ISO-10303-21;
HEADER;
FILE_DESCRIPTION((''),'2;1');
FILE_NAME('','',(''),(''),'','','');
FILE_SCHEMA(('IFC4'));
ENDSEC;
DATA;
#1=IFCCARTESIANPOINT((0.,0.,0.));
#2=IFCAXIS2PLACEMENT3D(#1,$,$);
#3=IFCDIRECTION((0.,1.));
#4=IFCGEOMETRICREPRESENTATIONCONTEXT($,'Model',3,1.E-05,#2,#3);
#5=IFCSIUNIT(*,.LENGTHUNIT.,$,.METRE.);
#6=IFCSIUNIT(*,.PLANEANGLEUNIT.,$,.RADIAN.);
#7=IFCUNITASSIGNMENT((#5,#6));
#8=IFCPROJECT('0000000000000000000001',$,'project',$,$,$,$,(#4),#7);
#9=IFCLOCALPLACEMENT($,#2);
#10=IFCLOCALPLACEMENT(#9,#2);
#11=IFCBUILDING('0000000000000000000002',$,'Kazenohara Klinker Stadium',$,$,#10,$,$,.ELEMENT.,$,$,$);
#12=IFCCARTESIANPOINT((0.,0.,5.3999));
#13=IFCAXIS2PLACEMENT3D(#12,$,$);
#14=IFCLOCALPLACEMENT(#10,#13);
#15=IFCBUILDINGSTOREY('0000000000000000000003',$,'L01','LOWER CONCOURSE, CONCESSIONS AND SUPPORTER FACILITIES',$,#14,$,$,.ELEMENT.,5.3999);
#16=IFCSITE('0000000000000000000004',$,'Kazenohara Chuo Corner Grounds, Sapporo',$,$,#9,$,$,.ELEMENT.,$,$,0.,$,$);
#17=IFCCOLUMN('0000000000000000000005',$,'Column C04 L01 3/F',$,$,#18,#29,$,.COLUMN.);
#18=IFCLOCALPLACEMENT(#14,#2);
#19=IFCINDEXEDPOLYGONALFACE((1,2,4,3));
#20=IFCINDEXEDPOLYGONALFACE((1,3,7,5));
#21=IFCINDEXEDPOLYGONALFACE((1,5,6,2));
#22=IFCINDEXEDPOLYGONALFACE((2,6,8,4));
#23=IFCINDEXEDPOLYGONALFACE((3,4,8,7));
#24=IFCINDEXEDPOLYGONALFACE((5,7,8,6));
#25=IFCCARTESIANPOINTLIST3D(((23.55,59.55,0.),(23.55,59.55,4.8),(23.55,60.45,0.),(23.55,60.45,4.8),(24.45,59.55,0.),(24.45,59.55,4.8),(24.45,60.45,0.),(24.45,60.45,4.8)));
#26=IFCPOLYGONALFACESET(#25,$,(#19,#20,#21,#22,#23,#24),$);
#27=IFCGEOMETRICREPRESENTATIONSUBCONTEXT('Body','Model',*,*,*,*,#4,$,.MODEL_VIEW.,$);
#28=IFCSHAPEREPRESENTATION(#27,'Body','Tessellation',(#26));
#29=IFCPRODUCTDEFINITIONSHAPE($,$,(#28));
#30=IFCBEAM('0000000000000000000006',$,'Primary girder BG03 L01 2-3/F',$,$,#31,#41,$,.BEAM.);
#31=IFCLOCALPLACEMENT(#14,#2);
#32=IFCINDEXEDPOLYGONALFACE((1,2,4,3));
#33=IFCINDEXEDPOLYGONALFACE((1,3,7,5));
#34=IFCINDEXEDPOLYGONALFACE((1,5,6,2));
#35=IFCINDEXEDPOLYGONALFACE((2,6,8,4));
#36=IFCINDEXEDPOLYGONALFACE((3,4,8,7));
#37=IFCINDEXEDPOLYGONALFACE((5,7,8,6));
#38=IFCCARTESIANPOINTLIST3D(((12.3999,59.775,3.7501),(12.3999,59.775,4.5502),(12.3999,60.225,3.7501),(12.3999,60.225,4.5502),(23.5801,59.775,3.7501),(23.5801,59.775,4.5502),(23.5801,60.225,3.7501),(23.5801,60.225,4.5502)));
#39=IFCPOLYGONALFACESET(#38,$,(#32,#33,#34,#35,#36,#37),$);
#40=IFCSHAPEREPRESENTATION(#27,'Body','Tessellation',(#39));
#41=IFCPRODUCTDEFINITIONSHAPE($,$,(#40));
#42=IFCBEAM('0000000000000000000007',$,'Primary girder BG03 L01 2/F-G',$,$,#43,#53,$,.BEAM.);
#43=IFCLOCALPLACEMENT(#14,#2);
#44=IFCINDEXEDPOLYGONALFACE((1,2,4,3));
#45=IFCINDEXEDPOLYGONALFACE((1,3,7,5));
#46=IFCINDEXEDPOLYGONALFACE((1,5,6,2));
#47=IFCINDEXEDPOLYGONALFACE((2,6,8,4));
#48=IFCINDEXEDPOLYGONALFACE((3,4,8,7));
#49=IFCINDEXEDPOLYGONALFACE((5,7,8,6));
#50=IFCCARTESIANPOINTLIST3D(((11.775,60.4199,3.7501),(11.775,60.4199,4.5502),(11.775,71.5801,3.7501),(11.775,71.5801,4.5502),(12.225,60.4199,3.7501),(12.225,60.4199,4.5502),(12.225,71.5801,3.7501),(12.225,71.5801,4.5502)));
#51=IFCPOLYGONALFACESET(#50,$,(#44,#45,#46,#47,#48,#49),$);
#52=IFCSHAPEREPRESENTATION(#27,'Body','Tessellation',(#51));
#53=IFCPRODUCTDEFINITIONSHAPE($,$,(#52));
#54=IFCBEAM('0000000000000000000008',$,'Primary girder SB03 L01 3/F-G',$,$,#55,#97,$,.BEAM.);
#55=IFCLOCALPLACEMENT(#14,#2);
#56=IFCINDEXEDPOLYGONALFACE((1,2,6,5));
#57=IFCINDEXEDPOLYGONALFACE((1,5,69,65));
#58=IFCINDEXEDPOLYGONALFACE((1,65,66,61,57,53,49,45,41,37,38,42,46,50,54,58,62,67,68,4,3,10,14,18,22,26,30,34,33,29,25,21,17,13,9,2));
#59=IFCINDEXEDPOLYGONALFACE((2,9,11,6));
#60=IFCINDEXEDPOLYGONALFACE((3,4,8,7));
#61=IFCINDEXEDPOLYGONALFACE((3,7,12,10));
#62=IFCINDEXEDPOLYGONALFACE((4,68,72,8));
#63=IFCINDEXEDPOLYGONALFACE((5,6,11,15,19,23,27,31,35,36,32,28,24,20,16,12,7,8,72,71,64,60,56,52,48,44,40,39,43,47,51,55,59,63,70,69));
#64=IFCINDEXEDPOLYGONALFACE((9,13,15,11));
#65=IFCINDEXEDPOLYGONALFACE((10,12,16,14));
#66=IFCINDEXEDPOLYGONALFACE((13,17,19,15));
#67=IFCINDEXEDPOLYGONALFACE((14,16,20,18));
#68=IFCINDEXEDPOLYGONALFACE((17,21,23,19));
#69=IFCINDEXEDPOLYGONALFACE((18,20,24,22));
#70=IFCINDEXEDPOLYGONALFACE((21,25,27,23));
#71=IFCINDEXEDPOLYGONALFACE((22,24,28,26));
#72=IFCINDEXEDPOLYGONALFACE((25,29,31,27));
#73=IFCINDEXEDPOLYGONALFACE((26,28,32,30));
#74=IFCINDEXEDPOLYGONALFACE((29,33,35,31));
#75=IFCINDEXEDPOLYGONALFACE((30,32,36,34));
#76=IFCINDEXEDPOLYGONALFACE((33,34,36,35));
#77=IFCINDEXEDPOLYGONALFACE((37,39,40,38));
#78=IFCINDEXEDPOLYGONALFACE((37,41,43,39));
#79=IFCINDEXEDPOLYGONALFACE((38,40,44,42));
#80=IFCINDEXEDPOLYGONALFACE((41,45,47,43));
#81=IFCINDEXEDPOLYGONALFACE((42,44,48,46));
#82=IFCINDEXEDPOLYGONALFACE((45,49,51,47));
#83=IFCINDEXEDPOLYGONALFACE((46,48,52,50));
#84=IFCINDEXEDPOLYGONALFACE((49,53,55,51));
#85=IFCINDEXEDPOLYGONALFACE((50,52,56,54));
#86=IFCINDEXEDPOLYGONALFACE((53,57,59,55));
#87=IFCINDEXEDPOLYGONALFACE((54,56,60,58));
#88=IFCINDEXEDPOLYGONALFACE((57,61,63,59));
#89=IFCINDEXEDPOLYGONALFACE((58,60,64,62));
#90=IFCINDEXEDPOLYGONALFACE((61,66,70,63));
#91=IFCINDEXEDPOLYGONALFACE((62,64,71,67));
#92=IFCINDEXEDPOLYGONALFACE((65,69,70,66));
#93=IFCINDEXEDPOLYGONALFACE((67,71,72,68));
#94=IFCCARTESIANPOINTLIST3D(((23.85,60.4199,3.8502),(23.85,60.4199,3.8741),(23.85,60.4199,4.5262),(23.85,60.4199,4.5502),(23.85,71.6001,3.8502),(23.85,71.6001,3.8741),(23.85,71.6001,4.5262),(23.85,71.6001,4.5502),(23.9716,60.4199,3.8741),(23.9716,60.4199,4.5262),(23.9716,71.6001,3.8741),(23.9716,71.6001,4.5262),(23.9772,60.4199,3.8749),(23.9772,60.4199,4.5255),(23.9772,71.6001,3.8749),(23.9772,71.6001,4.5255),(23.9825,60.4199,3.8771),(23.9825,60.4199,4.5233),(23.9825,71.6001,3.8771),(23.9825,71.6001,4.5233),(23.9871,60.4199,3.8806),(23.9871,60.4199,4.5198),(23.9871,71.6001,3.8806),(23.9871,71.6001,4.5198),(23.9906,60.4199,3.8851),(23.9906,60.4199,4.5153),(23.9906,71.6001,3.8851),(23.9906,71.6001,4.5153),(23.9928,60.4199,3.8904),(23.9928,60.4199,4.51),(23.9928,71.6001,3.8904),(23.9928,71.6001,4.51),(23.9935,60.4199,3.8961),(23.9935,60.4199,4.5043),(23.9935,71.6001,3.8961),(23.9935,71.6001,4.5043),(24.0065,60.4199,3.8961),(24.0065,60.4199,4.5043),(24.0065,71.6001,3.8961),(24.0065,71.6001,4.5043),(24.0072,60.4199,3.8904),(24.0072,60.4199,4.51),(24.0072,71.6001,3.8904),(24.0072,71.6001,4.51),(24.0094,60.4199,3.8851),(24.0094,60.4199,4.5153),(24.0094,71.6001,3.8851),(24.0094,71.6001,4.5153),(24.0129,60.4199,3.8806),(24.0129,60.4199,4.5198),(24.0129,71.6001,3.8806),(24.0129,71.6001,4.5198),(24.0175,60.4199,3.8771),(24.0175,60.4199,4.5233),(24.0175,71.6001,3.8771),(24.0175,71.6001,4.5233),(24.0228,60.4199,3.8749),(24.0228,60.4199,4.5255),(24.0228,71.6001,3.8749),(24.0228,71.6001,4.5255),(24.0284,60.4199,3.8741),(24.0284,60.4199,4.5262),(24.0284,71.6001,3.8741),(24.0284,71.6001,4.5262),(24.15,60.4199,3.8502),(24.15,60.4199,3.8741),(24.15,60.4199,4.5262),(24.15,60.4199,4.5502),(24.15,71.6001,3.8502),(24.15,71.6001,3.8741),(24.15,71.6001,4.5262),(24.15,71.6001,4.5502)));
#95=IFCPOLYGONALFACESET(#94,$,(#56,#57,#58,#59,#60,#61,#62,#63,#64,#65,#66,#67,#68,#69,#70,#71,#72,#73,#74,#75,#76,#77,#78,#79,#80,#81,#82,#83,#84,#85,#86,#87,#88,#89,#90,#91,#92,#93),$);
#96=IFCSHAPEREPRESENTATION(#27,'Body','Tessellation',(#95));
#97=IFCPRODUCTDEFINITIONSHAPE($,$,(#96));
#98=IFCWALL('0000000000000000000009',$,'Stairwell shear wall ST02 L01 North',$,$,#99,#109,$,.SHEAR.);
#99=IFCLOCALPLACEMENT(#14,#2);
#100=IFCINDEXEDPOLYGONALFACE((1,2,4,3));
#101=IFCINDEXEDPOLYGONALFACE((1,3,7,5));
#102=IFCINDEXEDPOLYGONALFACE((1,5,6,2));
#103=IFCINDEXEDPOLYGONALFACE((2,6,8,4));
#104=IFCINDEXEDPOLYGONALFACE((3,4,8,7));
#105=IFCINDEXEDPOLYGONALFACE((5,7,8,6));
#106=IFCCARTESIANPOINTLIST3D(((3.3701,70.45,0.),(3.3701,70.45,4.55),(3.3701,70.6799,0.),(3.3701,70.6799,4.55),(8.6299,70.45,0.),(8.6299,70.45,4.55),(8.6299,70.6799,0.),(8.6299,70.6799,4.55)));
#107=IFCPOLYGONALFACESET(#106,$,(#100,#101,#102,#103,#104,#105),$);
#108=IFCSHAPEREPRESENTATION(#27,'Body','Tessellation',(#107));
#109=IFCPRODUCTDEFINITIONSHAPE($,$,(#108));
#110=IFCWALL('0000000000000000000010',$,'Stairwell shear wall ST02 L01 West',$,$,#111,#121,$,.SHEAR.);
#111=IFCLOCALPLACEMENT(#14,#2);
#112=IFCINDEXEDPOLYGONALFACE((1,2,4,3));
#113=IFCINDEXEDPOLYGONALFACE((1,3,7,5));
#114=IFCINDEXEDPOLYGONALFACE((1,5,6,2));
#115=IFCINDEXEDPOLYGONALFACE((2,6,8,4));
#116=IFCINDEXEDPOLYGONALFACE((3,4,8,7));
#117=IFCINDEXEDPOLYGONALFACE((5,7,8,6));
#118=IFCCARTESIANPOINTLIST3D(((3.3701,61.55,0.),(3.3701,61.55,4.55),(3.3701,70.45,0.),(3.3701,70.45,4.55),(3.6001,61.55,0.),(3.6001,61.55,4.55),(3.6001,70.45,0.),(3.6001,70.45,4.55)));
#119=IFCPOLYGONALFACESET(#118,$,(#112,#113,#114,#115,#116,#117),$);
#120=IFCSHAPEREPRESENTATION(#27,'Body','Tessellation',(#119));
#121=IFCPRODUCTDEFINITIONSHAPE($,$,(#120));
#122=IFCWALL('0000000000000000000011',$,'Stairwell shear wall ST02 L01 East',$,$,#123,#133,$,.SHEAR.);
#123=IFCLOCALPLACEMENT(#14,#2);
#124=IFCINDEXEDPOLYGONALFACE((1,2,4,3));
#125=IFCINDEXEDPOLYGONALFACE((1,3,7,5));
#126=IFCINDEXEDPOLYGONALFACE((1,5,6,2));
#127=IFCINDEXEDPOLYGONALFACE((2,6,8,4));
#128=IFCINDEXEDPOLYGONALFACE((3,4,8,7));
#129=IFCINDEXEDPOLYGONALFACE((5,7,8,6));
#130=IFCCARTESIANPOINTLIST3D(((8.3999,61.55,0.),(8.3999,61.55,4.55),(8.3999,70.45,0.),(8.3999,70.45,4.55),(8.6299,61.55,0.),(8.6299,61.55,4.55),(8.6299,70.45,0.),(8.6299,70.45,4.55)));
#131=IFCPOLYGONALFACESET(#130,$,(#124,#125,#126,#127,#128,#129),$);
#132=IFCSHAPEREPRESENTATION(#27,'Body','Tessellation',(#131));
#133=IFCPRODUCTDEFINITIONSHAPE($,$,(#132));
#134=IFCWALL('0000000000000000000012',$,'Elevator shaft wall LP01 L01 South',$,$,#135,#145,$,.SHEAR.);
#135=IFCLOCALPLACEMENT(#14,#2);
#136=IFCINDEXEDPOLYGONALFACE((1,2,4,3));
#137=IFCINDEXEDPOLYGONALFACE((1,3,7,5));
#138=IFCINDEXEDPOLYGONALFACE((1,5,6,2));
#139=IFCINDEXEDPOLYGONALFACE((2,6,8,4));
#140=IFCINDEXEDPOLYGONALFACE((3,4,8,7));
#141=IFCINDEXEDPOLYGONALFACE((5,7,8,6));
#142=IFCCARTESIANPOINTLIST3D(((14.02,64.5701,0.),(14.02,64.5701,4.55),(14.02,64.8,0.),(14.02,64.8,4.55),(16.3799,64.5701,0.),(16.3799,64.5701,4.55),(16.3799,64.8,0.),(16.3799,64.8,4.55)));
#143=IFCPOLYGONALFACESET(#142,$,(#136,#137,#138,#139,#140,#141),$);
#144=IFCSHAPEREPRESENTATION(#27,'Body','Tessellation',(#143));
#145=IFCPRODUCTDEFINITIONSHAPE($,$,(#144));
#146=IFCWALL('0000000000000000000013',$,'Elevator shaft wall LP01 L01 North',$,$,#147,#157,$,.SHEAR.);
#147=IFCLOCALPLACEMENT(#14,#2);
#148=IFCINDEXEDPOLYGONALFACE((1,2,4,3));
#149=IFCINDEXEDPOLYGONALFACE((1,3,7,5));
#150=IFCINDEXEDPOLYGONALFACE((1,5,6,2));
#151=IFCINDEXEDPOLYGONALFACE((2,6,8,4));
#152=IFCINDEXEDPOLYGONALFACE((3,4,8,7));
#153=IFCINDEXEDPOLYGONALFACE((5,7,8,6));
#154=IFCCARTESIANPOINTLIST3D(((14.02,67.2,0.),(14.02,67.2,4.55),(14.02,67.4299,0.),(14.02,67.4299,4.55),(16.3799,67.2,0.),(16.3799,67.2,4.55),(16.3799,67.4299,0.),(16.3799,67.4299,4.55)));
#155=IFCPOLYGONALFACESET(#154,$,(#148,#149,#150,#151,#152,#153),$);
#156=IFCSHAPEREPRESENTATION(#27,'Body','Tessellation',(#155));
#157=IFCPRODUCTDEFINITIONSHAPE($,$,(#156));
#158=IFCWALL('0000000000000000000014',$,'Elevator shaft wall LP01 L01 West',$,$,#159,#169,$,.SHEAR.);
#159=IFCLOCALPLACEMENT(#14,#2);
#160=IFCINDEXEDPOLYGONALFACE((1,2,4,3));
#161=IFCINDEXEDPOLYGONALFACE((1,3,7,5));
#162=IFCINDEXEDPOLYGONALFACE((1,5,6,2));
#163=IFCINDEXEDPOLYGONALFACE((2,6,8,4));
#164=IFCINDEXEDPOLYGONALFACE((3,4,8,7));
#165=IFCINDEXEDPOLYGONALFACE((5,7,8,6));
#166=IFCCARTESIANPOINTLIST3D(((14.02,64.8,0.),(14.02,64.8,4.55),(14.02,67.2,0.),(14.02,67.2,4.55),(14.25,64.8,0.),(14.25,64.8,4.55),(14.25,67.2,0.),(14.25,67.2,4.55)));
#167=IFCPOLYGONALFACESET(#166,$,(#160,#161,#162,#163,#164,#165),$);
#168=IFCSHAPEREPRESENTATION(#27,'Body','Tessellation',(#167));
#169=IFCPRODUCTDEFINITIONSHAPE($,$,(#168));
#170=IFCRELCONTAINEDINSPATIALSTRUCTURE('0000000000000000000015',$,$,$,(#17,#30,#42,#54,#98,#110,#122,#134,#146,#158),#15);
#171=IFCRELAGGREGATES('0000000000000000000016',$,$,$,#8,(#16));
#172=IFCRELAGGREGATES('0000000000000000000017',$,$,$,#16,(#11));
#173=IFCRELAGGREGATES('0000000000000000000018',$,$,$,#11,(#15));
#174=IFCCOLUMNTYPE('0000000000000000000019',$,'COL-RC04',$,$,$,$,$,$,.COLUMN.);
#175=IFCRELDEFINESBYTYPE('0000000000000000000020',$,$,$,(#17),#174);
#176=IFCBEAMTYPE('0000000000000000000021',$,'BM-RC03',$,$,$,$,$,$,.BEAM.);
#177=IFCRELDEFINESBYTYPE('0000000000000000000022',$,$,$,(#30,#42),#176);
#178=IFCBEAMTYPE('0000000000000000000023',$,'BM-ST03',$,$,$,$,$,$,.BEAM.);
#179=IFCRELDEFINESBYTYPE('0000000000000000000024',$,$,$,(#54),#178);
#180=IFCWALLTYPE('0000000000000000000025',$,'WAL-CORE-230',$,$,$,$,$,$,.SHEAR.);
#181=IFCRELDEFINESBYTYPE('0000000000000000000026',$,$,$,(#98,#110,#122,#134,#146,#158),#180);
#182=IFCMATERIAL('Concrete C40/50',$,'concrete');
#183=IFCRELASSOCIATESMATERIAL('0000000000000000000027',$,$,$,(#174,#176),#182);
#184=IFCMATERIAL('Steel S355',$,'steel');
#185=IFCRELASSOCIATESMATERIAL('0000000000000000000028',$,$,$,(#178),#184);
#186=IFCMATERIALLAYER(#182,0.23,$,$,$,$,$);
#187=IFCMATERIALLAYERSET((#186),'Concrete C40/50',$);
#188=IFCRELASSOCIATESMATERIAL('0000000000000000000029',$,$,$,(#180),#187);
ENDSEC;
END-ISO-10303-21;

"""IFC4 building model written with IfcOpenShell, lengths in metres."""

from ifc_helpers import new_model, si_unit, direction, frame, frame_2d, origin, origin_2d, place, context, subcontext, project, spatial, rectangle, i_section, extrude, material, layer, layer_set, material_profile, profile_set, type_object, element, save


model = new_model("IFC4")

# Units and contexts
model_context = context("Model", 3, precision=1e-05, world=origin(), true_north=direction((0.0, 1.0)))
body_context = subcontext(model_context, "Body", "Model", "MODEL_VIEW")
ifc_project = project(units=[si_unit("LENGTHUNIT", "METRE"), si_unit("PLANEANGLEUNIT", "RADIAN")], contexts=[model_context])

# Site, building, storey
site_placement = place(None, origin())
site = spatial("IfcSite", under=ifc_project, at=site_placement, Name="Kazenohara Chuo Corner Grounds, Sapporo", CompositionType="ELEMENT", RefElevation=0.0)
building_placement = place(site_placement, origin())
building = spatial("IfcBuilding", under=site, at=building_placement, Name="Kazenohara Klinker Stadium", CompositionType="ELEMENT")
storey_placement = place(building_placement, frame((0.0, 0.0, 5.3999)))
storey = spatial("IfcBuildingStorey", under=building, at=storey_placement, Name="L01", Description="LOWER CONCOURSE, CONCESSIONS AND SUPPORTER FACILITIES", CompositionType="ELEMENT", Elevation=5.3999)

# Column
ifc_material_1 = material(Name="Concrete C40/50", Category="concrete")
ifc_material_profile_1 = material_profile(ifc_material_1, rectangle(XDim=0.8999, YDim=0.8999, at=origin_2d()), Name="RC-COL-900x900")
ifc_profile_set_1 = profile_set([ifc_material_profile_1], Name="Concrete C40/50")
column_type = type_object("IfcColumnType", Name="COL-RC04", PredefinedType="COLUMN", material=ifc_profile_set_1)
column_placement = place(storey_placement, frame((24.0, 60.0, 0.0), z_axis=(0.0, 0.0, 1.0), x_axis=(1.0, 0.0, 0.0)))
element("IfcColumn", 1, at=column_placement, inside=storey, type_object=column_type, Name="Column C04 L01 3/F", PredefinedType="COLUMN", context=body_context, shape_type="SweptSolid", body=[
    extrude(rectangle(XDim=0.8999, YDim=0.8999, at=origin_2d()), origin(), (0.0, 0.0, 1.0), 4.8),
])

# Beams
ifc_material_profile_2 = material_profile(ifc_material_1, rectangle(XDim=0.45, YDim=0.8, at=origin_2d()), Name="RC-BM-450x800")
ifc_profile_set_2 = profile_set([ifc_material_profile_2], Name="Concrete C40/50")
beam_type_1 = type_object("IfcBeamType", Name="BM-RC03", PredefinedType="BEAM", material=ifc_profile_set_2)
beam_1_placement = place(storey_placement, frame((12.3999, 60.0, 4.1501), z_axis=(1.0, 0.0, 0.0), x_axis=(0.0, 1.0, 0.0)))
element("IfcBeam", 2, at=beam_1_placement, inside=storey, type_object=beam_type_1, Name="Primary girder BG03 L01 2-3/F", PredefinedType="BEAM", context=body_context, shape_type="SweptSolid", body=[
    extrude(rectangle(XDim=0.45, YDim=0.8, at=origin_2d()), origin(), (0.0, 0.0, 1.0), 11.1802),
])
beam_2_placement = place(storey_placement, frame((12.0, 60.4199, 4.1501), z_axis=(0.0, 1.0, 0.0), x_axis=(-1.0, 0.0, 0.0)))
element("IfcBeam", 3, at=beam_2_placement, inside=storey, type_object=beam_type_1, Name="Primary girder BG03 L01 2/F-G", PredefinedType="BEAM", context=body_context, shape_type="SweptSolid", body=[
    extrude(rectangle(XDim=0.45, YDim=0.8, at=origin_2d()), origin(), (0.0, 0.0, 1.0), 11.1602),
])
ifc_material_2 = material(Name="Steel S355", Category="steel")
ifc_material_profile_3 = material_profile(ifc_material_2, i_section(OverallWidth=0.3, OverallDepth=0.7, WebThickness=0.0129, FlangeThickness=0.0239, FilletRadius=0.022, at=origin_2d()), Name="H-700x300x13x24")
ifc_profile_set_3 = profile_set([ifc_material_profile_3], Name="Steel S355")
beam_type_2 = type_object("IfcBeamType", Name="BM-ST03", PredefinedType="BEAM", material=ifc_profile_set_3)
beam_3_placement = place(storey_placement, frame((24.0, 60.4199, 4.2002), z_axis=(0.0, 1.0, 0.0), x_axis=(-1.0, 0.0, 0.0)))
element("IfcBeam", 4, at=beam_3_placement, inside=storey, type_object=beam_type_2, Name="Primary girder SB03 L01 3/F-G", PredefinedType="BEAM", context=body_context, shape_type="SweptSolid", body=[
    extrude(i_section(OverallWidth=0.3, OverallDepth=0.7, WebThickness=0.0129, FlangeThickness=0.0239, FilletRadius=0.022, at=origin_2d()), origin(), (0.0, 0.0, 1.0), 11.1802),
])

# Walls
ifc_layer_1 = layer(ifc_material_1, 0.23)
ifc_layer_set_1 = layer_set([ifc_layer_1], Name="Concrete C40/50")
wall_type = type_object("IfcWallType", Name="WAL-CORE-230", PredefinedType="SHEAR", material=ifc_layer_set_1)
wall_1_placement = place(storey_placement, frame((3.3701, 70.5649, 0.0), z_axis=(0.0, 0.0, 1.0), x_axis=(1.0, 0.0, 0.0)))
element("IfcWall", 5, at=wall_1_placement, inside=storey, type_object=wall_type, Name="Stairwell shear wall ST02 L01 North", PredefinedType="SHEAR", context=body_context, shape_type="SweptSolid", body=[
    extrude(rectangle(XDim=5.2598, YDim=0.23, at=frame_2d((2.6299, 0.0))), origin(), (0.0, 0.0, 1.0), 4.55),
])
for number, where, z_axis, x_axis, name in (
    (6, (3.4851, 61.55, 0.0), (0.0, 0.0, 1.0), (0.0, 1.0, 0.0), "Stairwell shear wall ST02 L01 West"),
    (7, (8.5149, 61.55, 0.0), (0.0, 0.0, 1.0), (0.0, 1.0, 0.0), "Stairwell shear wall ST02 L01 East"),
):
    element("IfcWall", number, at=place(storey_placement, frame(where, z_axis=z_axis, x_axis=x_axis)), inside=storey, type_object=wall_type, Name=name, PredefinedType="SHEAR", context=body_context, shape_type="SweptSolid", body=[
        extrude(rectangle(XDim=8.8999, YDim=0.23, at=frame_2d((4.45, 0.0))), origin(), (0.0, 0.0, 1.0), 4.55),
    ])
for number, where, z_axis, x_axis, name in (
    (8, (14.02, 64.6851, 0.0), (0.0, 0.0, 1.0), (1.0, 0.0, 0.0), "Elevator shaft wall LP01 L01 South"),
    (9, (14.02, 67.3149, 0.0), (0.0, 0.0, 1.0), (1.0, 0.0, 0.0), "Elevator shaft wall LP01 L01 North"),
):
    element("IfcWall", number, at=place(storey_placement, frame(where, z_axis=z_axis, x_axis=x_axis)), inside=storey, type_object=wall_type, Name=name, PredefinedType="SHEAR", context=body_context, shape_type="SweptSolid", body=[
        extrude(rectangle(XDim=2.3599, YDim=0.23, at=frame_2d((1.1799, 0.0))), origin(), (0.0, 0.0, 1.0), 4.55),
    ])
wall_2_placement = place(storey_placement, frame((14.135, 64.8, 0.0), z_axis=(0.0, 0.0, 1.0), x_axis=(0.0, 1.0, 0.0)))
element("IfcWall", 10, at=wall_2_placement, inside=storey, type_object=wall_type, Name="Elevator shaft wall LP01 L01 West", PredefinedType="SHEAR", context=body_context, shape_type="SweptSolid", body=[
    extrude(rectangle(XDim=2.3999, YDim=0.23, at=frame_2d((1.2, 0.0))), origin(), (0.0, 0.0, 1.0), 4.55),
])

save(model, "model.ifc")
